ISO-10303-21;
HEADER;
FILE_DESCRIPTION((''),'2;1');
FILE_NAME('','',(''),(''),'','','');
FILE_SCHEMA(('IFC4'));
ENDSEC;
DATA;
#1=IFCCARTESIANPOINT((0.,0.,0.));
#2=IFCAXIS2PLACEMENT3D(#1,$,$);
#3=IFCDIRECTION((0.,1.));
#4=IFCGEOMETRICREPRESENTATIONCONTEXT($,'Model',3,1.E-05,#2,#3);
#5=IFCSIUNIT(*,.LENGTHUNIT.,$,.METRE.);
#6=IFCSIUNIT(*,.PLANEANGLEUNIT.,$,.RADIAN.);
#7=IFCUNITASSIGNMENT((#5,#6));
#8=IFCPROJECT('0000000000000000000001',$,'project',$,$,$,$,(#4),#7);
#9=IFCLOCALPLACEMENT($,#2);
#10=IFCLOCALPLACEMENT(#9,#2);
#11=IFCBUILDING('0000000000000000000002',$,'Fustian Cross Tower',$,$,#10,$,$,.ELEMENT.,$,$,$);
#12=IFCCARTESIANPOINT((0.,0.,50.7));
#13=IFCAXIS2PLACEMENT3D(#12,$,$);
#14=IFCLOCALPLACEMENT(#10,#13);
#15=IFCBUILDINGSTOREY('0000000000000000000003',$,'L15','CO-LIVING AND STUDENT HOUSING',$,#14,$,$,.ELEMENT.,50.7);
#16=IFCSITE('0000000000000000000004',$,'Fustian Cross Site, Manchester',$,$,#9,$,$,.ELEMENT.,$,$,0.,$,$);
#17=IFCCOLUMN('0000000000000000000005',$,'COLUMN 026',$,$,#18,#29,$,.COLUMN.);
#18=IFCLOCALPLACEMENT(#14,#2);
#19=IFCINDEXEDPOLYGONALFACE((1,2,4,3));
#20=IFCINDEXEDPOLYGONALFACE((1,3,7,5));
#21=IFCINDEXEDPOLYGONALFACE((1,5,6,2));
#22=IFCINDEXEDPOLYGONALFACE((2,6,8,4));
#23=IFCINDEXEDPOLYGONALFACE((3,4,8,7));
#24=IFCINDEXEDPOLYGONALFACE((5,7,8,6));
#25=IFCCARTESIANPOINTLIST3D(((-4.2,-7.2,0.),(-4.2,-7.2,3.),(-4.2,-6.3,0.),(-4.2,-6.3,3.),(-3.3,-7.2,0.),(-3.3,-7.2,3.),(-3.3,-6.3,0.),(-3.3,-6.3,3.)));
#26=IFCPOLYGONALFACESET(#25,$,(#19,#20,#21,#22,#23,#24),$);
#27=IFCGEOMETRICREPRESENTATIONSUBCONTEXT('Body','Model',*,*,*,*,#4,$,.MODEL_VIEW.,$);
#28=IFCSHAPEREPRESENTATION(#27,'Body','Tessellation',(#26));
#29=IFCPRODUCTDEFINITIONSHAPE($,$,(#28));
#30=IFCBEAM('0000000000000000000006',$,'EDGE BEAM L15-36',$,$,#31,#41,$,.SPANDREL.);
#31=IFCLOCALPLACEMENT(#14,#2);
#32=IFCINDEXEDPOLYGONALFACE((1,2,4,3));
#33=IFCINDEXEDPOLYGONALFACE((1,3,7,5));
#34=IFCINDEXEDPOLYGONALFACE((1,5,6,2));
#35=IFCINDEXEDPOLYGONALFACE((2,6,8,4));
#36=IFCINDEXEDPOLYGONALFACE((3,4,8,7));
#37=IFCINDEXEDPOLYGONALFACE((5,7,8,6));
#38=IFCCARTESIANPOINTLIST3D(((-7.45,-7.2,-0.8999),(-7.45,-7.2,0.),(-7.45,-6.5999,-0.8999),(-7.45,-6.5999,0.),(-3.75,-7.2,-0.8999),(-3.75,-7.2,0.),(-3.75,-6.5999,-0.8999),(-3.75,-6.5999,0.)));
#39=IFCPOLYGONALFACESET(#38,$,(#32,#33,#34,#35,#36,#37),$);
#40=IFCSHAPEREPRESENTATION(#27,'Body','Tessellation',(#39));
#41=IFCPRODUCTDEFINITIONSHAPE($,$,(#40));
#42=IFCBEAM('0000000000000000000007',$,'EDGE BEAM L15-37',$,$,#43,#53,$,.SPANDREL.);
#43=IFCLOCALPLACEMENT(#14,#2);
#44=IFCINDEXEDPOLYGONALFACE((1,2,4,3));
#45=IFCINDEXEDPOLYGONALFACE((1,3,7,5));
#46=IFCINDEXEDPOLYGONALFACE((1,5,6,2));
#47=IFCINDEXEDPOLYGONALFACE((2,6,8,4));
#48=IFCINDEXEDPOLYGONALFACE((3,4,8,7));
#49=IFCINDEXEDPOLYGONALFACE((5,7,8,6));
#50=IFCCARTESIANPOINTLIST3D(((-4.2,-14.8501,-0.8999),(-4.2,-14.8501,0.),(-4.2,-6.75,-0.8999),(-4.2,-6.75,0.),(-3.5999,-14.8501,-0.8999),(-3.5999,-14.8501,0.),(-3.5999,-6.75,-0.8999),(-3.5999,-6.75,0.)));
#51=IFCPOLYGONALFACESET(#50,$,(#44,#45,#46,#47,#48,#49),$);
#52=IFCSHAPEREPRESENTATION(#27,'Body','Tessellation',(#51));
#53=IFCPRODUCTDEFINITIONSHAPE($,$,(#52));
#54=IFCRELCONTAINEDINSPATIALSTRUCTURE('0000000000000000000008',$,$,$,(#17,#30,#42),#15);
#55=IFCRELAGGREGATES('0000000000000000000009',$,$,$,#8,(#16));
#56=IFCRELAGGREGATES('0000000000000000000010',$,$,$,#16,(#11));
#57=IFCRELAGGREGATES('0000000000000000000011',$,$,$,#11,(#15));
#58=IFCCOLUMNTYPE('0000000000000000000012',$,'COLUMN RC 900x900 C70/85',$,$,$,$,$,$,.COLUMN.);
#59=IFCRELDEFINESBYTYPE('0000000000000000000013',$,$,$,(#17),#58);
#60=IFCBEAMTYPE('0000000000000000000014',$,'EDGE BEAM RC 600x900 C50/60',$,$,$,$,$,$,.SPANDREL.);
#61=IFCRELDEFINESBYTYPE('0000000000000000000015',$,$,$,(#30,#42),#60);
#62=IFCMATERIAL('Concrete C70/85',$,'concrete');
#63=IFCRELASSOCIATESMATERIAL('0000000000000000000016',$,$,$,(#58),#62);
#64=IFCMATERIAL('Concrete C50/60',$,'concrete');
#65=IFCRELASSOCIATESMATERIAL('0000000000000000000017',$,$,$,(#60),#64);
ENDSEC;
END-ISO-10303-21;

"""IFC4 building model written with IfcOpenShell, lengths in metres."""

from ifc_helpers import new_model, si_unit, direction, frame, origin, origin_2d, place, context, subcontext, project, spatial, rectangle, extrude, material, material_profile, profile_set, type_object, element, save


model = new_model("IFC4")

# Units and contexts
model_context = context("Model", 3, precision=1e-05, world=origin(), true_north=direction((0.0, 1.0)))
body_context = subcontext(model_context, "Body", "Model", "MODEL_VIEW")
ifc_project = project(units=[si_unit("LENGTHUNIT", "METRE"), si_unit("PLANEANGLEUNIT", "RADIAN")], contexts=[model_context])

# Site, building, storey
site_placement = place(None, origin())
site = spatial("IfcSite", under=ifc_project, at=site_placement, Name="Fustian Cross Site, Manchester", CompositionType="ELEMENT", RefElevation=0.0)
building_placement = place(site_placement, origin())
building = spatial("IfcBuilding", under=site, at=building_placement, Name="Fustian Cross Tower", CompositionType="ELEMENT")
storey_placement = place(building_placement, frame((0.0, 0.0, 50.7)))
storey = spatial("IfcBuildingStorey", under=building, at=storey_placement, Name="L15", Description="CO-LIVING AND STUDENT HOUSING", CompositionType="ELEMENT", Elevation=50.7)

# Column
ifc_material_1 = material(Name="Concrete C70/85", Category="concrete")
ifc_material_profile_1 = material_profile(ifc_material_1, rectangle(XDim=0.8999, YDim=0.8999, at=origin_2d()), Name="RC 900x900")
ifc_profile_set_1 = profile_set([ifc_material_profile_1], Name="Concrete C70/85")
column_type = type_object("IfcColumnType", Name="COLUMN RC 900x900 C70/85", PredefinedType="COLUMN", material=ifc_profile_set_1)
column_placement = place(storey_placement, frame((-3.75, -6.75, 0.0), z_axis=(0.0, 0.0, 1.0), x_axis=(1.0, 0.0, 0.0)))
element("IfcColumn", 1, at=column_placement, inside=storey, type_object=column_type, Name="COLUMN 026", PredefinedType="COLUMN", context=body_context, shape_type="SweptSolid", body=[
    extrude(rectangle(XDim=0.8999, YDim=0.8999, at=origin_2d()), origin(), (0.0, 0.0, 1.0), 3.0),
])

# Beams
ifc_material_2 = material(Name="Concrete C50/60", Category="concrete")
ifc_material_profile_2 = material_profile(ifc_material_2, rectangle(XDim=0.6001, YDim=0.8999, at=origin_2d()), Name="RC 600x900")
ifc_profile_set_2 = profile_set([ifc_material_profile_2], Name="Concrete C50/60")
beam_type = type_object("IfcBeamType", Name="EDGE BEAM RC 600x900 C50/60", PredefinedType="SPANDREL", material=ifc_profile_set_2)
beam_1_placement = place(storey_placement, frame((-7.45, -6.8999, -0.45), z_axis=(1.0, 0.0, 0.0), x_axis=(0.0, 1.0, 0.0)))
element("IfcBeam", 2, at=beam_1_placement, inside=storey, type_object=beam_type, Name="EDGE BEAM L15-36", PredefinedType="SPANDREL", context=body_context, shape_type="SweptSolid", body=[
    extrude(rectangle(XDim=0.6001, YDim=0.8999, at=origin_2d()), origin(), (0.0, 0.0, 1.0), 3.7),
])
beam_2_placement = place(storey_placement, frame((-3.8999, -6.75, -0.45), z_axis=(0.0, -1.0, 0.0), x_axis=(1.0, 0.0, 0.0)))
element("IfcBeam", 3, at=beam_2_placement, inside=storey, type_object=beam_type, Name="EDGE BEAM L15-37", PredefinedType="SPANDREL", context=body_context, shape_type="SweptSolid", body=[
    extrude(rectangle(XDim=0.6001, YDim=0.8999, at=origin_2d()), origin(), (0.0, 0.0, 1.0), 8.1001),
])

save(model, "model.ifc")
